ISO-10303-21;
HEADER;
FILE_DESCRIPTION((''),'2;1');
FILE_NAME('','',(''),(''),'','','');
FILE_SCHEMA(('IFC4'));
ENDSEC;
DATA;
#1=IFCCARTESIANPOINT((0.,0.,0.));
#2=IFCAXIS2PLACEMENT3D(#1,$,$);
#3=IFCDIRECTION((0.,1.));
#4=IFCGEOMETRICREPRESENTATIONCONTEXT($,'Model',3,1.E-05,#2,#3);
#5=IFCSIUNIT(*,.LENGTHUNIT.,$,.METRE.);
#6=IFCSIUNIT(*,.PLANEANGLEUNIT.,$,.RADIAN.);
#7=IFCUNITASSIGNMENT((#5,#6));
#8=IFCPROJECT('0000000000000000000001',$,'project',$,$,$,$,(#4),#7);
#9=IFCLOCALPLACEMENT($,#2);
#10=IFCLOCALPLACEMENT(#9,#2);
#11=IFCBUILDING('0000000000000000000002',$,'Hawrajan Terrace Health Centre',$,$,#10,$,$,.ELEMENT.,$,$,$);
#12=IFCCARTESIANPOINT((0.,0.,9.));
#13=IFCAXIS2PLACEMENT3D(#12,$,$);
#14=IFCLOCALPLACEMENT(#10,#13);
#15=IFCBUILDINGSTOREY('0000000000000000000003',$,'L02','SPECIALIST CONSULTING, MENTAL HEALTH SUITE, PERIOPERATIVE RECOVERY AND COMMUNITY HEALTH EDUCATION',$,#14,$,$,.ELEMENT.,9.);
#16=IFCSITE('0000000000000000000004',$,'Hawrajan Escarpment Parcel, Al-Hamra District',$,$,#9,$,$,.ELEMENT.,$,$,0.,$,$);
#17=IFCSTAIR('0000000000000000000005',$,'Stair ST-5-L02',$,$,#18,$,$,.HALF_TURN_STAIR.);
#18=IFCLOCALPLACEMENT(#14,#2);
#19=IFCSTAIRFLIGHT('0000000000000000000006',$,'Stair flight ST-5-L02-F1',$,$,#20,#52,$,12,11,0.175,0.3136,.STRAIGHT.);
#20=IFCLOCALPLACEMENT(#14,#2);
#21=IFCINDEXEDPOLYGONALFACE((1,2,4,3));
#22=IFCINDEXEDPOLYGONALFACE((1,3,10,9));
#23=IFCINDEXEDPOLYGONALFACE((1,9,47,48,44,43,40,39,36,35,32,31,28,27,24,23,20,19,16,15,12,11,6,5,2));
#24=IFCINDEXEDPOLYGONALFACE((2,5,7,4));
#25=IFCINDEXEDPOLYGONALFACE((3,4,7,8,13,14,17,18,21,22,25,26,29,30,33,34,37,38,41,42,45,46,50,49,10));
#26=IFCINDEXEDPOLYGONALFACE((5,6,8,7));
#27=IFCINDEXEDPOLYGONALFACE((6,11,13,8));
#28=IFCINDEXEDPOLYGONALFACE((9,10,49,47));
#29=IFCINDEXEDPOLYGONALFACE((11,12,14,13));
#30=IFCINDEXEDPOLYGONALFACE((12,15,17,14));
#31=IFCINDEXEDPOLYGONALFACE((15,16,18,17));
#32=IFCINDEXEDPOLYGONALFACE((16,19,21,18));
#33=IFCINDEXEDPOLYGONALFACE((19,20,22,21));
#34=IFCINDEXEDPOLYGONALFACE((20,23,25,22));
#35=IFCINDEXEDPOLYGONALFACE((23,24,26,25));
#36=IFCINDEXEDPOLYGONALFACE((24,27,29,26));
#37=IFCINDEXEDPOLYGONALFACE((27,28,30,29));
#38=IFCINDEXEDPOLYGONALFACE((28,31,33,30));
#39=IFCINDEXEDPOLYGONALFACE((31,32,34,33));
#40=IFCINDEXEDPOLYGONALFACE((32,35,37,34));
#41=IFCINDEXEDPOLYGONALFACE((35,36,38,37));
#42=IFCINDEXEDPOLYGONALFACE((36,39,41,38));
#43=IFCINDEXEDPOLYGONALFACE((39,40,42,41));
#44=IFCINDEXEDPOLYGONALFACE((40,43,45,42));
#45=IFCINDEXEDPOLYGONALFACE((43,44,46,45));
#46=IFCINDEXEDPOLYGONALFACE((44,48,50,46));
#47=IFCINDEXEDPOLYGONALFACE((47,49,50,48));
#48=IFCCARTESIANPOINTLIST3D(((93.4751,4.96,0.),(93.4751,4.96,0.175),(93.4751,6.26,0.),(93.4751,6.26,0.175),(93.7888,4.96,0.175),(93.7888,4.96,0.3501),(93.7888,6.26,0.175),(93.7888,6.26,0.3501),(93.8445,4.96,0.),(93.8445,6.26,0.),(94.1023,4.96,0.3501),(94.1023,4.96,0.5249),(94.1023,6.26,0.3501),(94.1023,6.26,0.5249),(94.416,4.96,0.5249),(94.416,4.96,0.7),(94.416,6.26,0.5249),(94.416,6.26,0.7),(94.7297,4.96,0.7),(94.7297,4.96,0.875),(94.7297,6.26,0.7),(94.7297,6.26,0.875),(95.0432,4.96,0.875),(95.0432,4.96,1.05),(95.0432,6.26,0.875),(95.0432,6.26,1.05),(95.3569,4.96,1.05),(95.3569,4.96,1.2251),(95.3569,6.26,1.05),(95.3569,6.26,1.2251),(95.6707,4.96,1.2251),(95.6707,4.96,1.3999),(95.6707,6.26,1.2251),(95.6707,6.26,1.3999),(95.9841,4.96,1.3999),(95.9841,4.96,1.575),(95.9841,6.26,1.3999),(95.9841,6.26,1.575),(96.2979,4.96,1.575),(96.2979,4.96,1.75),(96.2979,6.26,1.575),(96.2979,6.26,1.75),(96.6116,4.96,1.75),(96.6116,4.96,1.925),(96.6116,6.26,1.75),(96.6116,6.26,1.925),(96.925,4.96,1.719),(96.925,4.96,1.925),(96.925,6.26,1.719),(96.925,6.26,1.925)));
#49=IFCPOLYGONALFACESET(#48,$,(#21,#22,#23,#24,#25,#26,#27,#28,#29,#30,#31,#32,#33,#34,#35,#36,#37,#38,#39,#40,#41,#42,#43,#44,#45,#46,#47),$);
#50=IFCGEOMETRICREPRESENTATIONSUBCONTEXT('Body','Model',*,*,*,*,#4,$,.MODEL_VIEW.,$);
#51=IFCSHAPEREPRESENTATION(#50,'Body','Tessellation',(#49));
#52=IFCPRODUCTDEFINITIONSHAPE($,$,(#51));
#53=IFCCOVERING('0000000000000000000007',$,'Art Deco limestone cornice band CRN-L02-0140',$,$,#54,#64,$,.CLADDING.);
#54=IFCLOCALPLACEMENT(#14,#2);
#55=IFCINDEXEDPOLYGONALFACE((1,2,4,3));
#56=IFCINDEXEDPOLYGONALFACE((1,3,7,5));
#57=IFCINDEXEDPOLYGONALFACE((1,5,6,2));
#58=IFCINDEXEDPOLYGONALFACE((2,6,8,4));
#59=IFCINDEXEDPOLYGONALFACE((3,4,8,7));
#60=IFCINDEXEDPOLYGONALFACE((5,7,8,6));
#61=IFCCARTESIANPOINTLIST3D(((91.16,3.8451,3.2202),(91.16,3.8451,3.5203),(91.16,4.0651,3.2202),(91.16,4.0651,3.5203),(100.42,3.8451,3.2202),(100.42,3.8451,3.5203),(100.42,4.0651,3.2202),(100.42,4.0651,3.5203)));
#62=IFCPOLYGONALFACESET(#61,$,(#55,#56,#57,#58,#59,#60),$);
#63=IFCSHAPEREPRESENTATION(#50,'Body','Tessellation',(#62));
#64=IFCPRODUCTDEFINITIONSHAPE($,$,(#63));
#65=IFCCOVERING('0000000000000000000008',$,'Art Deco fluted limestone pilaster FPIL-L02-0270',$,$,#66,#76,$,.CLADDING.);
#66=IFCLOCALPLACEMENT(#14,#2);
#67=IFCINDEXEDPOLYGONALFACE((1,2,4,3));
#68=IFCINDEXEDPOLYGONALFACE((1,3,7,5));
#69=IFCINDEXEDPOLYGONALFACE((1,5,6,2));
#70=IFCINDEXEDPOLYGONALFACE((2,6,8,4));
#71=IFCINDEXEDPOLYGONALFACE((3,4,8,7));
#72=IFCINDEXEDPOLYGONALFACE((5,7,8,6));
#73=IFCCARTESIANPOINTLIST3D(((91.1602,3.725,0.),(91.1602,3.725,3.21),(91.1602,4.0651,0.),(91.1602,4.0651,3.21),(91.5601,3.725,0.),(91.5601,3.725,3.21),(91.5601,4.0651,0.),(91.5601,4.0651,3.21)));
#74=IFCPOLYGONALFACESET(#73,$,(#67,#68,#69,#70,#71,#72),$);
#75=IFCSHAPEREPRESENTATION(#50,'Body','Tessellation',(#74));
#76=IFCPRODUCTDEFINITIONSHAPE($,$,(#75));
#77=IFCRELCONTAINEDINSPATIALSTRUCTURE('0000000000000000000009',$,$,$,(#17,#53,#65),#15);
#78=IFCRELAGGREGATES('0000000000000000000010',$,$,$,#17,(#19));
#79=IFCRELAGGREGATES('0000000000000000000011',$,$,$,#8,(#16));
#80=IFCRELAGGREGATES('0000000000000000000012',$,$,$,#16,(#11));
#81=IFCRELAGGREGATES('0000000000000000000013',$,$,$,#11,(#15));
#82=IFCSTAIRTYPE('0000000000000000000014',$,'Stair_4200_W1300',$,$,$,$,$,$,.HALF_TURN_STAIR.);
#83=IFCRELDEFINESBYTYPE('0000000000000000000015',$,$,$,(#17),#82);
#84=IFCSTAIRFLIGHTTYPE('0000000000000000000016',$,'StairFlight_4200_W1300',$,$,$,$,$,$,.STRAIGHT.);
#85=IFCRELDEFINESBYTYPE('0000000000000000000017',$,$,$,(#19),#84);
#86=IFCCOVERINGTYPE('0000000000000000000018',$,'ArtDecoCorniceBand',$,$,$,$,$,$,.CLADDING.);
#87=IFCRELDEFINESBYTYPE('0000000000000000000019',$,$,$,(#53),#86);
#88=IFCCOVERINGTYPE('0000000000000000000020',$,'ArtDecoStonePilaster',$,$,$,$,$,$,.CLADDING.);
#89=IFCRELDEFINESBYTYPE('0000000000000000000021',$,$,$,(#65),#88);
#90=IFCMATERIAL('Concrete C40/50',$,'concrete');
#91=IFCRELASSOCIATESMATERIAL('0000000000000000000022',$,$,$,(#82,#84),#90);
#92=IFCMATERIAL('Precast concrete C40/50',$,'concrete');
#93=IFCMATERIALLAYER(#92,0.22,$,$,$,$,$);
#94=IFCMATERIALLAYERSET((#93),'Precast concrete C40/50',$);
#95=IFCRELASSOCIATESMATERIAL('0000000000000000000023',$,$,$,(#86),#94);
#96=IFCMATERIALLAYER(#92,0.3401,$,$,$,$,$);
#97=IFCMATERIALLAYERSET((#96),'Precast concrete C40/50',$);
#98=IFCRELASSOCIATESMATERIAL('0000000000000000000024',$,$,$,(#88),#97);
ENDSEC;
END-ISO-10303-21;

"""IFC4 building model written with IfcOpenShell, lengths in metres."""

from ifc_helpers import new_model, si_unit, direction, frame, origin, origin_2d, place, context, subcontext, project, spatial, polyline, rectangle, outline, extrude, material, layer, layer_set, type_object, element, aggregate, save


model = new_model("IFC4")

# Units and contexts
model_context = context("Model", 3, precision=1e-05, world=origin(), true_north=direction((0.0, 1.0)))
body_context = subcontext(model_context, "Body", "Model", "MODEL_VIEW")
ifc_project = project(units=[si_unit("LENGTHUNIT", "METRE"), si_unit("PLANEANGLEUNIT", "RADIAN")], contexts=[model_context])

# Site, building, storey
site_placement = place(None, origin())
site = spatial("IfcSite", under=ifc_project, at=site_placement, Name="Hawrajan Escarpment Parcel, Al-Hamra District", CompositionType="ELEMENT", RefElevation=0.0)
building_placement = place(site_placement, origin())
building = spatial("IfcBuilding", under=site, at=building_placement, Name="Hawrajan Terrace Health Centre", CompositionType="ELEMENT")
storey_placement = place(building_placement, frame((0.0, 0.0, 9.0)))
storey = spatial("IfcBuildingStorey", under=building, at=storey_placement, Name="L02", Description="SPECIALIST CONSULTING, MENTAL HEALTH SUITE, PERIOPERATIVE RECOVERY AND COMMUNITY HEALTH EDUCATION", CompositionType="ELEMENT", Elevation=9.0)

# Shared definitions
ifc_material_1 = material(Name="Precast concrete C40/50", Category="concrete")

# Shared definitions
ifc_material_2 = material(Name="Concrete C40/50", Category="concrete")

# Stair, stair flight
stair_type = type_object("IfcStairType", Name="Stair_4200_W1300", PredefinedType="HALF_TURN_STAIR", material=ifc_material_2)
stair_placement = place(storey_placement, origin())
stair = element("IfcStair", 1, at=stair_placement, inside=storey, type_object=stair_type, Name="Stair ST-5-L02", PredefinedType="HALF_TURN_STAIR")
stair_flight_type = type_object("IfcStairFlightType", Name="StairFlight_4200_W1300", PredefinedType="STRAIGHT", material=ifc_material_2)
stair_flight_placement = place(storey_placement, frame((93.4751, 5.6101, 0.0), z_axis=(0.0, 0.0, 1.0), x_axis=(1.0, 0.0, 0.0)))
stair_flight = element("IfcStairFlight", 2, at=stair_flight_placement, type_object=stair_flight_type, Name="Stair flight ST-5-L02-F1", NumberOfRisers=12, NumberOfTreads=11, PredefinedType="STRAIGHT", RiserHeight=0.175, TreadLength=0.3136, context=body_context, shape_type="SweptSolid", body=[
    extrude(outline(polyline([(0.0, 0.0), (0.0, 0.175), (0.3137, 0.175), (0.3137, 0.3501), (0.6272, 0.3501), (0.6272, 0.5249), (0.9409, 0.5249), (0.9409, 0.7), (1.2546, 0.7), (1.2546, 0.875), (1.5681, 0.875), (1.5681, 1.05), (1.8818, 1.05), (1.8818, 1.2251), (2.1956, 1.2251), (2.1956, 1.3999), (2.509, 1.3999), (2.509, 1.575), (2.8228, 1.575), (2.8228, 1.75), (3.1365, 1.75), (3.1365, 1.925), (3.45, 1.925), (3.45, 2.1001), (3.45, 1.719), (0.3694, 0.0), (0.0, 0.0)])), frame((0.0, 0.6499, 0.0), z_axis=(0.0, -1.0, 0.0), x_axis=(1.0, 0.0, 0.0)), (0.0, 0.0, 1.0), 1.3),
])
aggregate(stair, [stair_flight])

# Coverings
ifc_layer_1 = layer(ifc_material_1, 0.22)
ifc_layer_set_1 = layer_set([ifc_layer_1], Name="Precast concrete C40/50")
covering_type_1 = type_object("IfcCoveringType", Name="ArtDecoCorniceBand", PredefinedType="CLADDING", material=ifc_layer_set_1)
covering_1_placement = place(storey_placement, frame((95.79, 3.9551, 3.2202), z_axis=(0.0, 0.0, 1.0), x_axis=(1.0, 0.0, 0.0)))
element("IfcCovering", 3, at=covering_1_placement, inside=storey, type_object=covering_type_1, Name="Art Deco limestone cornice band CRN-L02-0140", PredefinedType="CLADDING", context=body_context, shape_type="SweptSolid", body=[
    extrude(rectangle(XDim=9.26, YDim=0.22, at=origin_2d()), origin(), (0.0, 0.0, 1.0), 0.3),
])
ifc_layer_2 = layer(ifc_material_1, 0.3401)
ifc_layer_set_2 = layer_set([ifc_layer_2], Name="Precast concrete C40/50")
covering_type_2 = type_object("IfcCoveringType", Name="ArtDecoStonePilaster", PredefinedType="CLADDING", material=ifc_layer_set_2)
covering_2_placement = place(storey_placement, frame((91.3601, 3.895, 0.0), z_axis=(0.0, 0.0, 1.0), x_axis=(1.0, 0.0, 0.0)))
element("IfcCovering", 4, at=covering_2_placement, inside=storey, type_object=covering_type_2, Name="Art Deco fluted limestone pilaster FPIL-L02-0270", PredefinedType="CLADDING", context=body_context, shape_type="SweptSolid", body=[
    extrude(rectangle(XDim=0.3999, YDim=0.3401, at=origin_2d()), origin(), (0.0, 0.0, 1.0), 3.21),
])

save(model, "model.ifc")
